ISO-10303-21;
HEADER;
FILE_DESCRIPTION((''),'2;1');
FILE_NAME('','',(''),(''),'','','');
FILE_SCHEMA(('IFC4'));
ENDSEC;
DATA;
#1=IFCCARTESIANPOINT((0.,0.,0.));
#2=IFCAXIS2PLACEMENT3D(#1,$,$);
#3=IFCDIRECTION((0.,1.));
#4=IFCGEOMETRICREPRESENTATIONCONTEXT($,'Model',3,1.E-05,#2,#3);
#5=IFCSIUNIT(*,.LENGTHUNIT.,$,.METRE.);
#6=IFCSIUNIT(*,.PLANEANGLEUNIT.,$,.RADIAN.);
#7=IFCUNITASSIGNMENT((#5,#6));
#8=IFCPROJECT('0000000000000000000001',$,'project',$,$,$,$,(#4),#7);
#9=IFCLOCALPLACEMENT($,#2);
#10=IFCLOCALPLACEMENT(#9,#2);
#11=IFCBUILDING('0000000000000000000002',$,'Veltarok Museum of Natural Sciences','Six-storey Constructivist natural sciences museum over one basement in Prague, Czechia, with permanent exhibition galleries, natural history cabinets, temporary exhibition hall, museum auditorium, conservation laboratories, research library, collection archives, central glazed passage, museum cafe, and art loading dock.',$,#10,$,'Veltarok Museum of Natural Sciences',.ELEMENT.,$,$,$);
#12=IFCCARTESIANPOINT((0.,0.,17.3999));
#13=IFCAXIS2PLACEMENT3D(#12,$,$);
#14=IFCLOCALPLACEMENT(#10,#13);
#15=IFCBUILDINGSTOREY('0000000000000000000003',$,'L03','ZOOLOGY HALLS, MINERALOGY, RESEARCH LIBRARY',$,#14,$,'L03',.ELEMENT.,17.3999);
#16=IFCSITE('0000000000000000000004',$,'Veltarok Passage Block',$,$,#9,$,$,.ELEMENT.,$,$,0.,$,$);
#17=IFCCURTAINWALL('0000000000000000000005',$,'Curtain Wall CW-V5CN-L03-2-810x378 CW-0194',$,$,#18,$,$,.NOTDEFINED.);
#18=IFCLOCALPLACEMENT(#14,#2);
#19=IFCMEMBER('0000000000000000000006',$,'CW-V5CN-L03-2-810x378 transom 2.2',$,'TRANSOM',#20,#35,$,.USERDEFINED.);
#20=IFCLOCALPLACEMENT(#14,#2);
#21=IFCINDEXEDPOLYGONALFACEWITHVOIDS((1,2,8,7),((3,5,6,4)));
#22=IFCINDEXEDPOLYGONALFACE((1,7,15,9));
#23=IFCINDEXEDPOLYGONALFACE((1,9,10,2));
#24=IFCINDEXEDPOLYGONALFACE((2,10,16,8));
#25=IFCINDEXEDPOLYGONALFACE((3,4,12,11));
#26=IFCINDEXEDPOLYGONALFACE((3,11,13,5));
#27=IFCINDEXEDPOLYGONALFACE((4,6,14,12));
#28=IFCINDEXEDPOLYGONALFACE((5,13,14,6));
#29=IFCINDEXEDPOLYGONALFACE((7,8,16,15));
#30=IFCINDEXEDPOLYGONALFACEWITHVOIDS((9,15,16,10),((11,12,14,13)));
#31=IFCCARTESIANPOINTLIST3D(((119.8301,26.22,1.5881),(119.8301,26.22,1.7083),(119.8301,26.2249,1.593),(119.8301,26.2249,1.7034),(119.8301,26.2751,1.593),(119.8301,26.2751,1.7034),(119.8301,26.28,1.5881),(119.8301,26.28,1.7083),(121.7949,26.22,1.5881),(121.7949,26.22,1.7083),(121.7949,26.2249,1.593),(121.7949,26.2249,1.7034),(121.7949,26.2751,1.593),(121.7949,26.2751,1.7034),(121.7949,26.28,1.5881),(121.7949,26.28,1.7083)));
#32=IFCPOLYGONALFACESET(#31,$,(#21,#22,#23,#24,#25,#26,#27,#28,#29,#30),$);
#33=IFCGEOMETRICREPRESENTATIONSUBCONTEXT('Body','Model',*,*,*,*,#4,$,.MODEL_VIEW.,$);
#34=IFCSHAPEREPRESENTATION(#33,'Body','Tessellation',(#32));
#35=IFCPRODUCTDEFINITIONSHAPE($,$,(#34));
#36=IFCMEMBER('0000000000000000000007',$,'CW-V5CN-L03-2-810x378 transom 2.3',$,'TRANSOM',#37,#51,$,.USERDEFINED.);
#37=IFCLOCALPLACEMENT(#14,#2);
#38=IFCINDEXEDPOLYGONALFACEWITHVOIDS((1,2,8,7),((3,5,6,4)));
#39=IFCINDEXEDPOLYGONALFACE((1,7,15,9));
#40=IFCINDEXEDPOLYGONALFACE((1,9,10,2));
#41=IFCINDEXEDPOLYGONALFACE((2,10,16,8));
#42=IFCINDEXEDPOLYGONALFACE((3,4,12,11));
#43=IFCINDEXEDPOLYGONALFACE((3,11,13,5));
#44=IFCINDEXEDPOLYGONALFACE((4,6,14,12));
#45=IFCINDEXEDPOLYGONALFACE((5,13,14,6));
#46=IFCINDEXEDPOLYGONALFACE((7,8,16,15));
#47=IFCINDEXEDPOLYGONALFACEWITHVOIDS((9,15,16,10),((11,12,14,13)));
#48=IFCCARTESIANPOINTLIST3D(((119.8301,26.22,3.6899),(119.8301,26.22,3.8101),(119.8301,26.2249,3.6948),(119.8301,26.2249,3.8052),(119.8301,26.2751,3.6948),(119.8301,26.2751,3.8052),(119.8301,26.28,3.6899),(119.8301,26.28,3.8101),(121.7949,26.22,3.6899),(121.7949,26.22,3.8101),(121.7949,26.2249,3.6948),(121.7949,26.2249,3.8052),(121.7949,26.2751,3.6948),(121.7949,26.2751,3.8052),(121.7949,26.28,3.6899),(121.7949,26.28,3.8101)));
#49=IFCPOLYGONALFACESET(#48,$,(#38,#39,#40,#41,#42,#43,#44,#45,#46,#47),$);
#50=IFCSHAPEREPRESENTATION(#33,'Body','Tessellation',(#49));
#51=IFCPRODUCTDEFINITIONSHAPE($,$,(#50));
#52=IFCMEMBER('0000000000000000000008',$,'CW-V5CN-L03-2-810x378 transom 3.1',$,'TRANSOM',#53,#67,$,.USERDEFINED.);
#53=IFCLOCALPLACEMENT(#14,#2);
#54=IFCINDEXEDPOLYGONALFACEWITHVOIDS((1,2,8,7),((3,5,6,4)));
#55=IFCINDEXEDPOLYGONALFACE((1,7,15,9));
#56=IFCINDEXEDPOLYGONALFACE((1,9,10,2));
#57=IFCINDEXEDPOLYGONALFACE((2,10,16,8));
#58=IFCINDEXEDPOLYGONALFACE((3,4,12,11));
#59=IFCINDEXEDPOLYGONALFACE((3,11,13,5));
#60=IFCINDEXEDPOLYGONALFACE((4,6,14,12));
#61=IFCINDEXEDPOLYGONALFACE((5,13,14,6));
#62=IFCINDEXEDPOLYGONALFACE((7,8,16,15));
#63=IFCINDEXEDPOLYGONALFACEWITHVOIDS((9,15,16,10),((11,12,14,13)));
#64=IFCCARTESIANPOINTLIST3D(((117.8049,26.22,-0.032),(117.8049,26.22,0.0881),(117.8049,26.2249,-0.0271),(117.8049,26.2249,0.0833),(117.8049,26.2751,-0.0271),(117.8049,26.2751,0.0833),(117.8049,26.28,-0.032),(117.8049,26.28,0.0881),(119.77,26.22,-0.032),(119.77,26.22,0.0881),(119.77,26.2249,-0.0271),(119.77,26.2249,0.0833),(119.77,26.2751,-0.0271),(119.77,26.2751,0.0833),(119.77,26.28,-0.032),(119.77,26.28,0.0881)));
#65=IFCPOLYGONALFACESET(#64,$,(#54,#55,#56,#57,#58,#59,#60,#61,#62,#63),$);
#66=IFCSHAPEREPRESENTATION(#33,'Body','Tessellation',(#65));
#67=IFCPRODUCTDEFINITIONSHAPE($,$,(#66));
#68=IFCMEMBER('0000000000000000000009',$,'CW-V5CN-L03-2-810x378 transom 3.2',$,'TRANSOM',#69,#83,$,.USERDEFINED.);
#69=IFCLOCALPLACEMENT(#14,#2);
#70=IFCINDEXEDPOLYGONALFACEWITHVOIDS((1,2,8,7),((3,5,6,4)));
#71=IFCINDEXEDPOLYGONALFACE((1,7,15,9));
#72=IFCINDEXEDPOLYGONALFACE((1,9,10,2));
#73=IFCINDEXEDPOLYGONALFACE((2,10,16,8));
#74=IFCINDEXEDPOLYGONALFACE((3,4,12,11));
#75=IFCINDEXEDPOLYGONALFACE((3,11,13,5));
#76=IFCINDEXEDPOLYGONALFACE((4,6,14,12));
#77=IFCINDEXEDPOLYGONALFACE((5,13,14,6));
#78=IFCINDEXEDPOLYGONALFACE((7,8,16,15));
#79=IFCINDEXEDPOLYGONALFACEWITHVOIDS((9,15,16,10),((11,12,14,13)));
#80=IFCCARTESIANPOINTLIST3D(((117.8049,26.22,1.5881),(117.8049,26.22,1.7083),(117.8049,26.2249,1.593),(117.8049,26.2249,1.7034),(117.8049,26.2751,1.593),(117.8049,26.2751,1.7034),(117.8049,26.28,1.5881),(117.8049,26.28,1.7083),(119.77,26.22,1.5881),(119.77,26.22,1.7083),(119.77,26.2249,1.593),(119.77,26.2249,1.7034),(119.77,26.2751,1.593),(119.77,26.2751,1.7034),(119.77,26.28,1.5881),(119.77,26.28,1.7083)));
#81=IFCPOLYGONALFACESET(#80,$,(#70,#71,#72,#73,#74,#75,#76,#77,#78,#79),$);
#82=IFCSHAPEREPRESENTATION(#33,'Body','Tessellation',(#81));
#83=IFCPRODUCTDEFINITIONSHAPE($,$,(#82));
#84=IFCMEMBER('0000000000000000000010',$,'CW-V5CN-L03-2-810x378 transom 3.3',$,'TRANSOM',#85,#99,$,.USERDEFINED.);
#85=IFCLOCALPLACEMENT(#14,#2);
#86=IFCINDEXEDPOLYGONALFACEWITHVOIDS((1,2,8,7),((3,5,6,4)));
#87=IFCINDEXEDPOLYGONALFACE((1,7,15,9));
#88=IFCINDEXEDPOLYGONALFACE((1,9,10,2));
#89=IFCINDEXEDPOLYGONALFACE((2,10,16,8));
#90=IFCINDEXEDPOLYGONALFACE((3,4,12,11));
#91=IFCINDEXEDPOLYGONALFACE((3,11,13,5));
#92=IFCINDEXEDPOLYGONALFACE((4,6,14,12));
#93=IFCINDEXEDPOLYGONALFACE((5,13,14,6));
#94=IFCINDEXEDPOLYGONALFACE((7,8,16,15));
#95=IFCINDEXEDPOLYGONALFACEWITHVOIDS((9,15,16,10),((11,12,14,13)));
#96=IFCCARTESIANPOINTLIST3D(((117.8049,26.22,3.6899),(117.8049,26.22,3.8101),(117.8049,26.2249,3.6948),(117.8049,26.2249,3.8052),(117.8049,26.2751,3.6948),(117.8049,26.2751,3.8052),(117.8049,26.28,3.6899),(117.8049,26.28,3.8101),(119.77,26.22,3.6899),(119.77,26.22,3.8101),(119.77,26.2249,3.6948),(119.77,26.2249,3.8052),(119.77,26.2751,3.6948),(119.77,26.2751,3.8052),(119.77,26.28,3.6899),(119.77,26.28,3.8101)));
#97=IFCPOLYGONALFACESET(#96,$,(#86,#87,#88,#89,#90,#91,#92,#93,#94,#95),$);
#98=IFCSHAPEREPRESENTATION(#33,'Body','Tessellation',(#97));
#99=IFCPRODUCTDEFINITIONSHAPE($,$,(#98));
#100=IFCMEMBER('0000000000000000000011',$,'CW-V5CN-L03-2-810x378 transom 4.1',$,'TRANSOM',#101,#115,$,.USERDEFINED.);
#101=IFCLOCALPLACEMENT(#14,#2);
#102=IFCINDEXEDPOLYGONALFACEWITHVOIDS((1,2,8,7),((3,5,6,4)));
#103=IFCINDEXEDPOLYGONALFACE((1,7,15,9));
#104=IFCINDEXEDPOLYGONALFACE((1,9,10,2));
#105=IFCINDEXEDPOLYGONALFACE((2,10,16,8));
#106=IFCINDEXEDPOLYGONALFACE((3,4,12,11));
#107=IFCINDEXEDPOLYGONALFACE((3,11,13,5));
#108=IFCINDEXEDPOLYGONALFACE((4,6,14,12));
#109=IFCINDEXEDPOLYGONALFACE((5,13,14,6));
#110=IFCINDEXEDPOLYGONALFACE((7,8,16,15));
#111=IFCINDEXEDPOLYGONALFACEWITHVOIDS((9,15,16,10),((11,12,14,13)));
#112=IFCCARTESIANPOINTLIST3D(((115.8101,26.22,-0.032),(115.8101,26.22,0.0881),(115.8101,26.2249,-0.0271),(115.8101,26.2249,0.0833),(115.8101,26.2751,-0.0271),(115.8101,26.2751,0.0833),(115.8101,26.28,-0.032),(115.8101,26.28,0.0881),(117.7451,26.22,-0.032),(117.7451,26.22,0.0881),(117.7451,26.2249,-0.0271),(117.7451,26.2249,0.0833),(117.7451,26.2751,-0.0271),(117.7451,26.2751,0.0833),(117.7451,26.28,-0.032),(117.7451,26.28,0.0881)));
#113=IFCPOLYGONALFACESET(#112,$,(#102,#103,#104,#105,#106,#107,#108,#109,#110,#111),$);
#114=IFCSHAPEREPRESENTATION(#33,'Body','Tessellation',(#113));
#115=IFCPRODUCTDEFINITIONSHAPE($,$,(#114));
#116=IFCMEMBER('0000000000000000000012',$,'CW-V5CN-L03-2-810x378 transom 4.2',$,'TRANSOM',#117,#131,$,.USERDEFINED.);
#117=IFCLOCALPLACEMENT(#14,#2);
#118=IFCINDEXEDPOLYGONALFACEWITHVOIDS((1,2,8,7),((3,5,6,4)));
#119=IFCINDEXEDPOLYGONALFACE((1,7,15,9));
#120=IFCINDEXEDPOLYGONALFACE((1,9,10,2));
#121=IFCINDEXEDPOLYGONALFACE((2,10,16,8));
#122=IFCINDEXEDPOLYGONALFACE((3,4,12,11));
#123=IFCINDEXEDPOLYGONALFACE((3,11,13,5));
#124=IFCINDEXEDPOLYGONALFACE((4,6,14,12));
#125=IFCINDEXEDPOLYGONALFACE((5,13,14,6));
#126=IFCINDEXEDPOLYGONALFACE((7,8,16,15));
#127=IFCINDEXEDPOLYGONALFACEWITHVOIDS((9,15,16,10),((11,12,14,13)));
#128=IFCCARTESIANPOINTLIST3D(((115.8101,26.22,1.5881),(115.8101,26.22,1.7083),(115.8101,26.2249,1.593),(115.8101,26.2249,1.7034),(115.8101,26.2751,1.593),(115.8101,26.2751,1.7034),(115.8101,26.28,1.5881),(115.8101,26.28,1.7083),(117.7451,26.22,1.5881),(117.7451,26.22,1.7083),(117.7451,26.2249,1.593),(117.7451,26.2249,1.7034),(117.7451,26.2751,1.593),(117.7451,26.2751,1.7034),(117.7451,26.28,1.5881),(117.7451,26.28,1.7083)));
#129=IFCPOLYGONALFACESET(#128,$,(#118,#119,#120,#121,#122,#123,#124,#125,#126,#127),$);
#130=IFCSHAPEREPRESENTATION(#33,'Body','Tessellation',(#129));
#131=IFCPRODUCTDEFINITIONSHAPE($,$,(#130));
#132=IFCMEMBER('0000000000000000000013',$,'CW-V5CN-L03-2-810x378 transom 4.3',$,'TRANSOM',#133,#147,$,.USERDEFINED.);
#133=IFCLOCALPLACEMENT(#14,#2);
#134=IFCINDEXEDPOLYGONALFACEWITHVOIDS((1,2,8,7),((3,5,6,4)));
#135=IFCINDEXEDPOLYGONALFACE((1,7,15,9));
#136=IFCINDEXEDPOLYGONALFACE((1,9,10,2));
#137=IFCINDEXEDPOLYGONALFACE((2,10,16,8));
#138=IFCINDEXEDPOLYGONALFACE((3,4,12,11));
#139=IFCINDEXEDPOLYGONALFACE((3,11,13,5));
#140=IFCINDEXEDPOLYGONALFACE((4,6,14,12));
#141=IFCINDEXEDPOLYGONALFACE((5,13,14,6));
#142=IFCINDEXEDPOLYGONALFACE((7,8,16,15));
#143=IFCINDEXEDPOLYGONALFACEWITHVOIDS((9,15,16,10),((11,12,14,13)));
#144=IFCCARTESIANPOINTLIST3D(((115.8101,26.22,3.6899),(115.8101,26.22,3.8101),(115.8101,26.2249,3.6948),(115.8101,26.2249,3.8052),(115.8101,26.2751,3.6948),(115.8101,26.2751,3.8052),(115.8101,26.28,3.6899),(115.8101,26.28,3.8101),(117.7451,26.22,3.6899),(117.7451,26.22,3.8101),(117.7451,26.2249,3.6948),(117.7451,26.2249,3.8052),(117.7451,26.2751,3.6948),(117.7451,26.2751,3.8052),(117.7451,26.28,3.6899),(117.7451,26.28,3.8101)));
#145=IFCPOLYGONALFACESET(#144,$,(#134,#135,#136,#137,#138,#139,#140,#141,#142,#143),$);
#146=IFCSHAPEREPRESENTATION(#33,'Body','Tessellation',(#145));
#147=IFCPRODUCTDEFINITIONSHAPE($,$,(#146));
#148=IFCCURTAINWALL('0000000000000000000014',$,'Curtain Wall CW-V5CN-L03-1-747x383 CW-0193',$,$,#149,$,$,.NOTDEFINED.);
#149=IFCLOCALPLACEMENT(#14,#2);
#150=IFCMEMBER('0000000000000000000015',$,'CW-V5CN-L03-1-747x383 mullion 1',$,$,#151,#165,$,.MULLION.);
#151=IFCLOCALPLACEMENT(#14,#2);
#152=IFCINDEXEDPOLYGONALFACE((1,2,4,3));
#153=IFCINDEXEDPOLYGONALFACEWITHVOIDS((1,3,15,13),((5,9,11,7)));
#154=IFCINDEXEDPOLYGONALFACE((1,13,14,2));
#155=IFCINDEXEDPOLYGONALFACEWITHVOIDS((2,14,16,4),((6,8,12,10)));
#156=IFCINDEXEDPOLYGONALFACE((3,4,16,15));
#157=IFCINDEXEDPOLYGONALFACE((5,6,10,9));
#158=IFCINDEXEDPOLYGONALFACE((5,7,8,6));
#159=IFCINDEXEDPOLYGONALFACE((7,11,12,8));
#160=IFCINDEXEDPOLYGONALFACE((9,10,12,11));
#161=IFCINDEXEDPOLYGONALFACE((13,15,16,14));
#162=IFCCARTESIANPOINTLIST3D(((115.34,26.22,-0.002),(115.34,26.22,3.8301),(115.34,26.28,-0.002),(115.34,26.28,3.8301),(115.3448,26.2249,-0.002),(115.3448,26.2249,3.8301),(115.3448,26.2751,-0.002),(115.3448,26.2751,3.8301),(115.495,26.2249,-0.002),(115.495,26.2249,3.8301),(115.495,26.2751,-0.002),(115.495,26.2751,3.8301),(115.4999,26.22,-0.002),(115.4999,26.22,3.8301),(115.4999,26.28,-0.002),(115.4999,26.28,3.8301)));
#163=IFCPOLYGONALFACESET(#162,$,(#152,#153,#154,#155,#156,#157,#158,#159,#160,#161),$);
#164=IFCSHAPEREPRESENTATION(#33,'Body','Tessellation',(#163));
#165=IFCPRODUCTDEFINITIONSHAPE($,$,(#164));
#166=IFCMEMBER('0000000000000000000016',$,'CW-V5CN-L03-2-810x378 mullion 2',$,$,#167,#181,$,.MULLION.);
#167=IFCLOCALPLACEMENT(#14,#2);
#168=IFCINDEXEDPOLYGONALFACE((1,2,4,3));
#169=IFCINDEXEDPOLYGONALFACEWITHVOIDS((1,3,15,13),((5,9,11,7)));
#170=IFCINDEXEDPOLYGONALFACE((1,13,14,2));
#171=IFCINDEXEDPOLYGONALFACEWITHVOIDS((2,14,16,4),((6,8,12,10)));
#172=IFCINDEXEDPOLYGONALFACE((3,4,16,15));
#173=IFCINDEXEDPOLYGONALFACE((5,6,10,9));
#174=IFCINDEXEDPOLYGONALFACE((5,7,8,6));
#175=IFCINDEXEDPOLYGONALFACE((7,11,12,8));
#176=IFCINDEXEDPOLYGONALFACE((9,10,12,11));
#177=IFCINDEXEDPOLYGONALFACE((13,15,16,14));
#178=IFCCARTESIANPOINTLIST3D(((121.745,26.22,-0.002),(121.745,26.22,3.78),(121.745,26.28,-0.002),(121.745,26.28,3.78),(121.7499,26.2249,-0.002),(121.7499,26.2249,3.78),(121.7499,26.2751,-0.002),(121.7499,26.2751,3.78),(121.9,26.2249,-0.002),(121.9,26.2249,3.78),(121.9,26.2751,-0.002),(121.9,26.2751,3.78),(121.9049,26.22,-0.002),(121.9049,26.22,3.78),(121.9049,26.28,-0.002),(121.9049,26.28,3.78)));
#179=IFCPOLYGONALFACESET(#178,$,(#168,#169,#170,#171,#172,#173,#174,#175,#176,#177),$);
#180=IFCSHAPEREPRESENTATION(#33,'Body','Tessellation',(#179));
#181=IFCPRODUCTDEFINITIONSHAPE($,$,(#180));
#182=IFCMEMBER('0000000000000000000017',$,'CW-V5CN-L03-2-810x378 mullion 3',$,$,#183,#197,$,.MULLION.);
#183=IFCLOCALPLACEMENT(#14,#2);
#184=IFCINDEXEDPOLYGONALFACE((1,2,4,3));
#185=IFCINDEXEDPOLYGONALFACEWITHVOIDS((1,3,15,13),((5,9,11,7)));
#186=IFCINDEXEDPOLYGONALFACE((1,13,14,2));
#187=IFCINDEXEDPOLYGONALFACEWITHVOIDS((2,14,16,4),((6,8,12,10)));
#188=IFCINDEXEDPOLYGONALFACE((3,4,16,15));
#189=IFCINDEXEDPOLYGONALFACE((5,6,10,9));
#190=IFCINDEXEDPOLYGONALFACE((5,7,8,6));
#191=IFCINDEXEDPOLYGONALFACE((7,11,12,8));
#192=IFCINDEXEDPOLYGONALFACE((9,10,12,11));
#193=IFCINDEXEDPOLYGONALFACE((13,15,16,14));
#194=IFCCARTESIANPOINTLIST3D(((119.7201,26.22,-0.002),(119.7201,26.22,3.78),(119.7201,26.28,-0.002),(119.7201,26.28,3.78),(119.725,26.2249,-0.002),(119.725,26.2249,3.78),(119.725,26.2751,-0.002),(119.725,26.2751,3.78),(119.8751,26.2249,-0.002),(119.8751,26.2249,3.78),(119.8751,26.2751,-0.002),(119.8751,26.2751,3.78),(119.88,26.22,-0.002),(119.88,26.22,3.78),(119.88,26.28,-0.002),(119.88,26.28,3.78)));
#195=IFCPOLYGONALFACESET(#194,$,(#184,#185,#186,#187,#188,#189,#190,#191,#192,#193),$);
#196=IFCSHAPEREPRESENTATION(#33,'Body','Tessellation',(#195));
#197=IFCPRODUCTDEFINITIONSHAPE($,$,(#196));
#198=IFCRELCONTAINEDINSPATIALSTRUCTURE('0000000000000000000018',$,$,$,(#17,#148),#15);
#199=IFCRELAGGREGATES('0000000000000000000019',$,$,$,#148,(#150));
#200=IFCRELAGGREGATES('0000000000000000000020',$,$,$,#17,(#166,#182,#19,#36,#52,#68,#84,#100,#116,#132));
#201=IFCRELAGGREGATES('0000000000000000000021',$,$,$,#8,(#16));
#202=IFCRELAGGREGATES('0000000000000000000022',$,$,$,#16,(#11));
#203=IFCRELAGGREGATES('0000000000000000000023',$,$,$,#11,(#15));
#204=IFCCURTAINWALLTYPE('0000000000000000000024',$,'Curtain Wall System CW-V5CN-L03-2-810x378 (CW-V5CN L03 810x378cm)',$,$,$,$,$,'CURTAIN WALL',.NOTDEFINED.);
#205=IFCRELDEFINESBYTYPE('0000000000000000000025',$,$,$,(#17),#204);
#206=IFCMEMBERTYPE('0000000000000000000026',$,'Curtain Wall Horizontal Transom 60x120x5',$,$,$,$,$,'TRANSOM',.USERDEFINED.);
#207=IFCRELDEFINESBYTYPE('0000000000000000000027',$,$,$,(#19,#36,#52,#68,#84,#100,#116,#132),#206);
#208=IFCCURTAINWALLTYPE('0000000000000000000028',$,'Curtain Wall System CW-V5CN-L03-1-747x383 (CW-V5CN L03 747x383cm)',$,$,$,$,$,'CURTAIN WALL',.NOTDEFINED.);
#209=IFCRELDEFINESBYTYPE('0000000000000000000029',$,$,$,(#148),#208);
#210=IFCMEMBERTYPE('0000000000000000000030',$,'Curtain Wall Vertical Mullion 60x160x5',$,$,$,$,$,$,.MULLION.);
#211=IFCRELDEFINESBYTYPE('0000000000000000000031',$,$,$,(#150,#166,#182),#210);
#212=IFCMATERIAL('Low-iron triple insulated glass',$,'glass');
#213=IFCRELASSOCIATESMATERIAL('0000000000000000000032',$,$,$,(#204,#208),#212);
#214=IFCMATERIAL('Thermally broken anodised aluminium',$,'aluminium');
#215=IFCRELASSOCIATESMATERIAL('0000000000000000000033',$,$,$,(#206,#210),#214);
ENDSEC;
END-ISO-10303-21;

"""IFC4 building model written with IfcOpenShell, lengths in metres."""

from ifc_helpers import new_model, si_unit, direction, frame, origin, origin_2d, place, context, subcontext, project, spatial, hollow_rectangle, extrude, material, material_profile, profile_set, type_object, element, aggregate, save


model = new_model("IFC4")

# Units and contexts
model_context = context("Model", 3, precision=1e-05, world=origin(), true_north=direction((0.0, 1.0)))
body_context = subcontext(model_context, "Body", "Model", "MODEL_VIEW")
ifc_project = project(units=[si_unit("LENGTHUNIT", "METRE"), si_unit("PLANEANGLEUNIT", "RADIAN")], contexts=[model_context])

# Site, building, storey
site_placement = place(None, origin())
site = spatial("IfcSite", under=ifc_project, at=site_placement, Name="Veltarok Passage Block", CompositionType="ELEMENT", RefElevation=0.0)
building_placement = place(site_placement, origin())
building = spatial("IfcBuilding", under=site, at=building_placement, Name="Veltarok Museum of Natural Sciences", Description="Six-storey Constructivist natural sciences museum over one basement in Prague, Czechia, with permanent exhibition galleries, natural history cabinets, temporary exhibition hall, museum auditorium, conservation laboratories, research library, collection archives, central glazed passage, museum cafe, and art loading dock.", LongName="Veltarok Museum of Natural Sciences", CompositionType="ELEMENT")
storey_placement = place(building_placement, frame((0.0, 0.0, 17.3999)))
storey = spatial("IfcBuildingStorey", under=building, at=storey_placement, Name="L03", Description="ZOOLOGY HALLS, MINERALOGY, RESEARCH LIBRARY", LongName="L03", CompositionType="ELEMENT", Elevation=17.3999)

# Curtain wall, members
ifc_material_1 = material(Name="Low-iron triple insulated glass", Category="glass")
curtain_wall_type_1 = type_object("IfcCurtainWallType", Name="Curtain Wall System CW-V5CN-L03-2-810x378 (CW-V5CN L03 810x378cm)", ElementType="CURTAIN WALL", PredefinedType="NOTDEFINED", material=ifc_material_1)
curtain_wall_1_placement = place(storey_placement, origin())
curtain_wall_1 = element("IfcCurtainWall", 1, at=curtain_wall_1_placement, inside=storey, type_object=curtain_wall_type_1, Name="Curtain Wall CW-V5CN-L03-2-810x378 CW-0194", PredefinedType="NOTDEFINED")
ifc_material_2 = material(Name="Thermally broken anodised aluminium", Category="aluminium")
ifc_material_profile_1 = material_profile(ifc_material_2, hollow_rectangle(XDim=0.0601, YDim=0.1201, WallThickness=0.0049, at=origin_2d()), Name="CW TRANSOM 60x120x5")
ifc_profile_set_1 = profile_set([ifc_material_profile_1], Name="Thermally broken anodised aluminium")
member_type_1 = type_object("IfcMemberType", Name="Curtain Wall Horizontal Transom 60x120x5", ElementType="TRANSOM", PredefinedType="USERDEFINED", material=ifc_profile_set_1)
member_1_placement = place(storey_placement, frame((121.7949, 26.25, 1.6482), z_axis=(-1.0, 0.0, 0.0), x_axis=(0.0, -1.0, 0.0)))
member_1 = element("IfcMember", 2, at=member_1_placement, type_object=member_type_1, Name="CW-V5CN-L03-2-810x378 transom 2.2", ObjectType="TRANSOM", PredefinedType="USERDEFINED", context=body_context, shape_type="SweptSolid", body=[
    extrude(hollow_rectangle(XDim=0.0601, YDim=0.1201, WallThickness=0.0049, at=origin_2d()), origin(), (0.0, 0.0, 1.0), 1.9648),
])
member_2_placement = place(storey_placement, frame((121.7949, 26.25, 3.75), z_axis=(-1.0, 0.0, 0.0), x_axis=(0.0, -1.0, 0.0)))
member_2 = element("IfcMember", 3, at=member_2_placement, type_object=member_type_1, Name="CW-V5CN-L03-2-810x378 transom 2.3", ObjectType="TRANSOM", PredefinedType="USERDEFINED", context=body_context, shape_type="SweptSolid", body=[
    extrude(hollow_rectangle(XDim=0.0601, YDim=0.1201, WallThickness=0.0049, at=origin_2d()), origin(), (0.0, 0.0, 1.0), 1.9648),
])
member_3_placement = place(storey_placement, frame((119.77, 26.25, 0.0281), z_axis=(-1.0, 0.0, 0.0), x_axis=(0.0, -1.0, 0.0)))
member_3 = element("IfcMember", 4, at=member_3_placement, type_object=member_type_1, Name="CW-V5CN-L03-2-810x378 transom 3.1", ObjectType="TRANSOM", PredefinedType="USERDEFINED", context=body_context, shape_type="SweptSolid", body=[
    extrude(hollow_rectangle(XDim=0.0601, YDim=0.1201, WallThickness=0.0049, at=origin_2d()), origin(), (0.0, 0.0, 1.0), 1.9651),
])
member_4_placement = place(storey_placement, frame((119.77, 26.25, 1.6482), z_axis=(-1.0, 0.0, 0.0), x_axis=(0.0, -1.0, 0.0)))
member_4 = element("IfcMember", 5, at=member_4_placement, type_object=member_type_1, Name="CW-V5CN-L03-2-810x378 transom 3.2", ObjectType="TRANSOM", PredefinedType="USERDEFINED", context=body_context, shape_type="SweptSolid", body=[
    extrude(hollow_rectangle(XDim=0.0601, YDim=0.1201, WallThickness=0.0049, at=origin_2d()), origin(), (0.0, 0.0, 1.0), 1.9651),
])
member_5_placement = place(storey_placement, frame((119.77, 26.25, 3.75), z_axis=(-1.0, 0.0, 0.0), x_axis=(0.0, -1.0, 0.0)))
member_5 = element("IfcMember", 6, at=member_5_placement, type_object=member_type_1, Name="CW-V5CN-L03-2-810x378 transom 3.3", ObjectType="TRANSOM", PredefinedType="USERDEFINED", context=body_context, shape_type="SweptSolid", body=[
    extrude(hollow_rectangle(XDim=0.0601, YDim=0.1201, WallThickness=0.0049, at=origin_2d()), origin(), (0.0, 0.0, 1.0), 1.9651),
])
member_6_placement = place(storey_placement, frame((117.7451, 26.25, 0.0281), z_axis=(-1.0, 0.0, 0.0), x_axis=(0.0, -1.0, 0.0)))
member_6 = element("IfcMember", 7, at=member_6_placement, type_object=member_type_1, Name="CW-V5CN-L03-2-810x378 transom 4.1", ObjectType="TRANSOM", PredefinedType="USERDEFINED", context=body_context, shape_type="SweptSolid", body=[
    extrude(hollow_rectangle(XDim=0.0601, YDim=0.1201, WallThickness=0.0049, at=origin_2d()), origin(), (0.0, 0.0, 1.0), 1.9351),
])
member_7_placement = place(storey_placement, frame((117.7451, 26.25, 1.6482), z_axis=(-1.0, 0.0, 0.0), x_axis=(0.0, -1.0, 0.0)))
member_7 = element("IfcMember", 8, at=member_7_placement, type_object=member_type_1, Name="CW-V5CN-L03-2-810x378 transom 4.2", ObjectType="TRANSOM", PredefinedType="USERDEFINED", context=body_context, shape_type="SweptSolid", body=[
    extrude(hollow_rectangle(XDim=0.0601, YDim=0.1201, WallThickness=0.0049, at=origin_2d()), origin(), (0.0, 0.0, 1.0), 1.9351),
])
member_8_placement = place(storey_placement, frame((117.7451, 26.25, 3.75), z_axis=(-1.0, 0.0, 0.0), x_axis=(0.0, -1.0, 0.0)))
member_8 = element("IfcMember", 9, at=member_8_placement, type_object=member_type_1, Name="CW-V5CN-L03-2-810x378 transom 4.3", ObjectType="TRANSOM", PredefinedType="USERDEFINED", context=body_context, shape_type="SweptSolid", body=[
    extrude(hollow_rectangle(XDim=0.0601, YDim=0.1201, WallThickness=0.0049, at=origin_2d()), origin(), (0.0, 0.0, 1.0), 1.9351),
])

# Curtain wall, member
curtain_wall_type_2 = type_object("IfcCurtainWallType", Name="Curtain Wall System CW-V5CN-L03-1-747x383 (CW-V5CN L03 747x383cm)", ElementType="CURTAIN WALL", PredefinedType="NOTDEFINED", material=ifc_material_1)
curtain_wall_2_placement = place(storey_placement, origin())
curtain_wall_2 = element("IfcCurtainWall", 10, at=curtain_wall_2_placement, inside=storey, type_object=curtain_wall_type_2, Name="Curtain Wall CW-V5CN-L03-1-747x383 CW-0193", PredefinedType="NOTDEFINED")
ifc_material_profile_2 = material_profile(ifc_material_2, hollow_rectangle(XDim=0.0601, YDim=0.1599, WallThickness=0.0049, at=origin_2d()), Name="CW MULLION 60x160x5")
ifc_profile_set_2 = profile_set([ifc_material_profile_2], Name="Thermally broken anodised aluminium")
member_type_2 = type_object("IfcMemberType", Name="Curtain Wall Vertical Mullion 60x160x5", PredefinedType="MULLION", material=ifc_profile_set_2)
member_9_placement = place(storey_placement, frame((115.4199, 26.25, -0.002), z_axis=(0.0, 0.0, 1.0), x_axis=(0.0, -1.0, 0.0)))
member_9 = element("IfcMember", 11, at=member_9_placement, type_object=member_type_2, Name="CW-V5CN-L03-1-747x383 mullion 1", PredefinedType="MULLION", context=body_context, shape_type="SweptSolid", body=[
    extrude(hollow_rectangle(XDim=0.0601, YDim=0.1599, WallThickness=0.0049, at=origin_2d()), origin(), (0.0, 0.0, 1.0), 3.832),
])
aggregate(curtain_wall_2, [member_9])

# Members
member_10_placement = place(storey_placement, frame((121.825, 26.25, -0.002), z_axis=(0.0, 0.0, 1.0), x_axis=(0.0, -1.0, 0.0)))
member_10 = element("IfcMember", 12, at=member_10_placement, type_object=member_type_2, Name="CW-V5CN-L03-2-810x378 mullion 2", PredefinedType="MULLION", context=body_context, shape_type="SweptSolid", body=[
    extrude(hollow_rectangle(XDim=0.0601, YDim=0.1599, WallThickness=0.0049, at=origin_2d()), origin(), (0.0, 0.0, 1.0), 3.782),
])
member_11_placement = place(storey_placement, frame((119.8, 26.25, -0.002), z_axis=(0.0, 0.0, 1.0), x_axis=(0.0, -1.0, 0.0)))
member_11 = element("IfcMember", 13, at=member_11_placement, type_object=member_type_2, Name="CW-V5CN-L03-2-810x378 mullion 3", PredefinedType="MULLION", context=body_context, shape_type="SweptSolid", body=[
    extrude(hollow_rectangle(XDim=0.0601, YDim=0.1599, WallThickness=0.0049, at=origin_2d()), origin(), (0.0, 0.0, 1.0), 3.782),
])

aggregate(curtain_wall_1, [member_10, member_11, member_1, member_2, member_3, member_4, member_5, member_6, member_7, member_8])

save(model, "model.ifc")
